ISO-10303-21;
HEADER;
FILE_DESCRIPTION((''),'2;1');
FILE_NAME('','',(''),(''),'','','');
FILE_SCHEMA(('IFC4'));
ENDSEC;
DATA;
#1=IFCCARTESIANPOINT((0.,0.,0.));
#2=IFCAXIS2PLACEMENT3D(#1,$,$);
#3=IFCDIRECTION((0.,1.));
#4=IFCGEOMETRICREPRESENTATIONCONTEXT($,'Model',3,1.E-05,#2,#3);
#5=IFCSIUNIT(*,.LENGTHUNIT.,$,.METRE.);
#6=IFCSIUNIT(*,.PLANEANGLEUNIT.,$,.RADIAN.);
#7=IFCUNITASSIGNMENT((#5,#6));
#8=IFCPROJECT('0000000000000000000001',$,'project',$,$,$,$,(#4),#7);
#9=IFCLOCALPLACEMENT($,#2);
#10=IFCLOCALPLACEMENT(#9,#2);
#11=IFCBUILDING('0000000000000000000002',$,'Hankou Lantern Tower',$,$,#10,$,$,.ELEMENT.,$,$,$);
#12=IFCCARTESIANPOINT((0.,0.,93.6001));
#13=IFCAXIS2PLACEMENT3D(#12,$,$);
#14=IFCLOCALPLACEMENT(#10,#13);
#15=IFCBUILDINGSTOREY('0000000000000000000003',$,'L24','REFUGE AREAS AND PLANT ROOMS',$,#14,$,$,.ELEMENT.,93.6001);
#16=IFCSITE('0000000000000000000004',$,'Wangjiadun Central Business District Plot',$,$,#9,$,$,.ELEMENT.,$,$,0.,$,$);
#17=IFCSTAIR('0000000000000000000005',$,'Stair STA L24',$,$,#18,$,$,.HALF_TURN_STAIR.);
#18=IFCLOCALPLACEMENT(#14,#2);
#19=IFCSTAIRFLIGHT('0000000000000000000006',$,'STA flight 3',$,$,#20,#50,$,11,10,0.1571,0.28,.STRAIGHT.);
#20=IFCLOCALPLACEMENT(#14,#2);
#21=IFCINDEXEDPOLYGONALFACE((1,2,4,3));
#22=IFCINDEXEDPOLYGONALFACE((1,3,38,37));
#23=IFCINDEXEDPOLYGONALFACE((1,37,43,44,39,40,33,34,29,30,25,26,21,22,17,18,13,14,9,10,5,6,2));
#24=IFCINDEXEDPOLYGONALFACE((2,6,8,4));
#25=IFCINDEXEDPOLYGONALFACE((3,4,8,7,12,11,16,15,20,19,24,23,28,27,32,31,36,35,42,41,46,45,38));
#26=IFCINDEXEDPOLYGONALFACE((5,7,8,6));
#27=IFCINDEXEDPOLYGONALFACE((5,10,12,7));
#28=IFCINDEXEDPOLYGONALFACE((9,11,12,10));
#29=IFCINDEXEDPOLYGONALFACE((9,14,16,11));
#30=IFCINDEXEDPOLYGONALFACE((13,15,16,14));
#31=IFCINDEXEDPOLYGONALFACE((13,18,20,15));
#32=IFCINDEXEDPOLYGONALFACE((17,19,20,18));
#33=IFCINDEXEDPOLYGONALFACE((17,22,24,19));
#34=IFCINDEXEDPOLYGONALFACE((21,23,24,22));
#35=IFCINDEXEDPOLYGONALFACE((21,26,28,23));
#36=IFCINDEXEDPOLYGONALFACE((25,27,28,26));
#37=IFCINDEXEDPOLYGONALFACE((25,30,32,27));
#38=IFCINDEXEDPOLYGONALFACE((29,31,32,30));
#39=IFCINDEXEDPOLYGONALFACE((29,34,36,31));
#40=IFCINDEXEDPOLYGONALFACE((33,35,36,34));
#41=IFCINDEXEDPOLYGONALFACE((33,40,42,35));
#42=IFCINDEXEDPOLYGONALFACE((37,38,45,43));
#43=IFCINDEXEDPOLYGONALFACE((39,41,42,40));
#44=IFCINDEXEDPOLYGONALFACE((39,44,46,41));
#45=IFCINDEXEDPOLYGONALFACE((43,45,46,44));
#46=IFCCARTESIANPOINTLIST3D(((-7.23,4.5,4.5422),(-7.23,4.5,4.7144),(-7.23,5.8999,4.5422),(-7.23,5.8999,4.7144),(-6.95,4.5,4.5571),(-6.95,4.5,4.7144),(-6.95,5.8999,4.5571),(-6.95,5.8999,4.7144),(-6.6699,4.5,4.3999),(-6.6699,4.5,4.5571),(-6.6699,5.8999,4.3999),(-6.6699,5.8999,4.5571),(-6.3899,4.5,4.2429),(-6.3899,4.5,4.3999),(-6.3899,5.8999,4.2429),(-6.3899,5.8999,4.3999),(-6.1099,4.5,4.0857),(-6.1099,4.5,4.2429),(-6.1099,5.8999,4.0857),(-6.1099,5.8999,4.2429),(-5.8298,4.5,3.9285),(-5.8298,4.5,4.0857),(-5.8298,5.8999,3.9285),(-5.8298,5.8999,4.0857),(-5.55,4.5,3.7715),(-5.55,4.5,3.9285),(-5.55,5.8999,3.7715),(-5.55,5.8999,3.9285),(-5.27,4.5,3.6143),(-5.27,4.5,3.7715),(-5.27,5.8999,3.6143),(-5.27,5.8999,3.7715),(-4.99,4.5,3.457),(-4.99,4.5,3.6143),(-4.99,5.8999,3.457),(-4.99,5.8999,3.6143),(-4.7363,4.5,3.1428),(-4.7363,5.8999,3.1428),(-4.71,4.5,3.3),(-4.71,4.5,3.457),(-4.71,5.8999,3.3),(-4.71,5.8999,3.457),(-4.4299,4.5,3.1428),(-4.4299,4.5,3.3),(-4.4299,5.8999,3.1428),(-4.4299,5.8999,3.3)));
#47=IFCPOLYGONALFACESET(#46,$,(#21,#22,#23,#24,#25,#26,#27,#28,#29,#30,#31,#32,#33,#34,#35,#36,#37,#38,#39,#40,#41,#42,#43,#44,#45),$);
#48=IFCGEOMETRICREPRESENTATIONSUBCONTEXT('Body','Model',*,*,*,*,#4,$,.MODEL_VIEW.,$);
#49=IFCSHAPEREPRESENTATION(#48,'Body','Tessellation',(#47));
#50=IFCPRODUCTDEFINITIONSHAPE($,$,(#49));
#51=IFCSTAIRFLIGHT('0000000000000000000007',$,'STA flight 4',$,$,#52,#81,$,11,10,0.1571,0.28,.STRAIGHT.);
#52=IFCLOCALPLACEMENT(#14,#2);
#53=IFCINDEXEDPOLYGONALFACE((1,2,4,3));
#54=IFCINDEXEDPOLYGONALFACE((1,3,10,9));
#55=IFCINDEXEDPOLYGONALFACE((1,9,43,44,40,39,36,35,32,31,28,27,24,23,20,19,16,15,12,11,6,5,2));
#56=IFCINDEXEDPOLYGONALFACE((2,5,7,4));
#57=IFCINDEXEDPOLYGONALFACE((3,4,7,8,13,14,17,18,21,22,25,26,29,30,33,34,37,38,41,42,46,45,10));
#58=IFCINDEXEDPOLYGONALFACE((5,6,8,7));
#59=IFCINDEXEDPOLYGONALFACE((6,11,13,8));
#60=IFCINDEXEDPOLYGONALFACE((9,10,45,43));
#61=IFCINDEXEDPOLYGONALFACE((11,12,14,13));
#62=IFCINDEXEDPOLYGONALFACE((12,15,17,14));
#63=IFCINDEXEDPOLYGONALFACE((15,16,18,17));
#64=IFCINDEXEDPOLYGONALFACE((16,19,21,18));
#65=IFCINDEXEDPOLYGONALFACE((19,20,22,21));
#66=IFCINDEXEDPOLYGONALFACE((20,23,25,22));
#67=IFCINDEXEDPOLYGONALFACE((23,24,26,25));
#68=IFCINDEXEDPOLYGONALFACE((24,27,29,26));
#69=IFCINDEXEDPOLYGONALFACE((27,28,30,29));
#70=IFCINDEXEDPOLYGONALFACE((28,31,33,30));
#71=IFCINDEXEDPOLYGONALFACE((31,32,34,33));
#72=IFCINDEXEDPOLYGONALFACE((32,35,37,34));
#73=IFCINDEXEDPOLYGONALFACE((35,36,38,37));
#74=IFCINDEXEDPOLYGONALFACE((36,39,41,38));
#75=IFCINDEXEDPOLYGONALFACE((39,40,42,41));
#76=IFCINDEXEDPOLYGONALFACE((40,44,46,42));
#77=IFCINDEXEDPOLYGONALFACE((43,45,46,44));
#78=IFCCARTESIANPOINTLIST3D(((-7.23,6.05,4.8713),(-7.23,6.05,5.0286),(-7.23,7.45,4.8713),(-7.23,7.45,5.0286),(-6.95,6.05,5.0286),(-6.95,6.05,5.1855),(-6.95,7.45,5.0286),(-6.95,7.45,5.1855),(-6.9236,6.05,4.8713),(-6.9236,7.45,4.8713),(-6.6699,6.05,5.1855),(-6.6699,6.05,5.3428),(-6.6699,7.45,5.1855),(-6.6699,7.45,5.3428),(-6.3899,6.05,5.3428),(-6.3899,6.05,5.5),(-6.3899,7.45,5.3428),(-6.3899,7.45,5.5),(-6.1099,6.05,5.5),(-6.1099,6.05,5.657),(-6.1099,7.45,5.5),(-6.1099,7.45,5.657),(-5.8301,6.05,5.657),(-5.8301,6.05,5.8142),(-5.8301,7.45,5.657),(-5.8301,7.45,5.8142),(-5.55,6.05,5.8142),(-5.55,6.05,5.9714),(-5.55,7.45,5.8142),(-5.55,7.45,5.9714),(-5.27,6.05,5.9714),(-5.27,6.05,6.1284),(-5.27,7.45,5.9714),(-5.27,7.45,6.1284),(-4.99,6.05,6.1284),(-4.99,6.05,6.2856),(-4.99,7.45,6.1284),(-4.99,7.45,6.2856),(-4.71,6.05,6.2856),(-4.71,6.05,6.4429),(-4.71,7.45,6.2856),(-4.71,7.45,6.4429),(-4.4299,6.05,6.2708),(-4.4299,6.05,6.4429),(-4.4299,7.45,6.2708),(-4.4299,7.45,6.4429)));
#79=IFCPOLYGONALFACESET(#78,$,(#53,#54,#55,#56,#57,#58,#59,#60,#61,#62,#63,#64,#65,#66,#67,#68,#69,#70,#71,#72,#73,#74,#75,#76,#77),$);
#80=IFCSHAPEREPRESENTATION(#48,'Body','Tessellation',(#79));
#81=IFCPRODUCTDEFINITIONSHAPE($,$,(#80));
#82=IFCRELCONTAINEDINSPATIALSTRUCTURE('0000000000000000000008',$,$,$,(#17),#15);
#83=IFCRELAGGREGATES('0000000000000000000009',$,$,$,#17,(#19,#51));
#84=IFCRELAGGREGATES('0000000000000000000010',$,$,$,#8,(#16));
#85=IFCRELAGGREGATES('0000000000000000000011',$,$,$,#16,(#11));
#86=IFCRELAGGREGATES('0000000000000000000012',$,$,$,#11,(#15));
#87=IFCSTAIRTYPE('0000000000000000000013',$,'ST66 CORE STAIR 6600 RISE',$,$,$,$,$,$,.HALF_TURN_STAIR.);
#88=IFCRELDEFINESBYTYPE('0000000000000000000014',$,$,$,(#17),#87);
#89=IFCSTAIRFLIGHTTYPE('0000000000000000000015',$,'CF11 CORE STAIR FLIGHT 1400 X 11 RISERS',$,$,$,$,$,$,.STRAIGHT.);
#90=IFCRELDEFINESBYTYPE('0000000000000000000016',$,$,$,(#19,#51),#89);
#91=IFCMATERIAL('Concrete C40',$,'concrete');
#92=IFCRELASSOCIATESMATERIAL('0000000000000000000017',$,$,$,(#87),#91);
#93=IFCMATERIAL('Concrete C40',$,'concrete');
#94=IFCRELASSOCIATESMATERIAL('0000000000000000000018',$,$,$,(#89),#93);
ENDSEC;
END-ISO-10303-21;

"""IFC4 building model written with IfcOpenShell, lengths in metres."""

from ifc_helpers import new_model, si_unit, direction, frame, origin, place, context, subcontext, project, spatial, polyline, outline, extrude, material, type_object, element, aggregate, save


model = new_model("IFC4")

# Units and contexts
model_context = context("Model", 3, precision=1e-05, world=origin(), true_north=direction((0.0, 1.0)))
body_context = subcontext(model_context, "Body", "Model", "MODEL_VIEW")
ifc_project = project(units=[si_unit("LENGTHUNIT", "METRE"), si_unit("PLANEANGLEUNIT", "RADIAN")], contexts=[model_context])

# Site, building, storey
site_placement = place(None, origin())
site = spatial("IfcSite", under=ifc_project, at=site_placement, Name="Wangjiadun Central Business District Plot", CompositionType="ELEMENT", RefElevation=0.0)
building_placement = place(site_placement, origin())
building = spatial("IfcBuilding", under=site, at=building_placement, Name="Hankou Lantern Tower", CompositionType="ELEMENT")
storey_placement = place(building_placement, frame((0.0, 0.0, 93.6001)))
storey = spatial("IfcBuildingStorey", under=building, at=storey_placement, Name="L24", Description="REFUGE AREAS AND PLANT ROOMS", CompositionType="ELEMENT", Elevation=93.6001)

# Stair, stair flights
ifc_material_1 = material(Name="Concrete C40", Category="concrete")
stair_type = type_object("IfcStairType", Name="ST66 CORE STAIR 6600 RISE", PredefinedType="HALF_TURN_STAIR", material=ifc_material_1)
stair_placement = place(storey_placement, origin())
stair = element("IfcStair", 1, at=stair_placement, inside=storey, type_object=stair_type, Name="Stair STA L24", PredefinedType="HALF_TURN_STAIR")
ifc_material_2 = material(Name="Concrete C40", Category="concrete")
stair_flight_type_1 = type_object("IfcStairFlightType", Name="CF11 CORE STAIR FLIGHT 1400 X 11 RISERS", PredefinedType="STRAIGHT", material=ifc_material_2)
stair_flight_1_placement = place(storey_placement, frame((-4.4299, 5.2, 3.1428), z_axis=(0.0, 0.0, 1.0), x_axis=(-1.0, 0.0, 0.0)))
stair_flight_1 = element("IfcStairFlight", 2, at=stair_flight_1_placement, type_object=stair_flight_type_1, Name="STA flight 3", NumberOfRisers=11, NumberOfTreads=10, PredefinedType="STRAIGHT", RiserHeight=0.1571, TreadLength=0.28, context=body_context, shape_type="SweptSolid", body=[
    extrude(outline(polyline([(0.0, 0.0), (0.0, 0.1572), (0.28, 0.1572), (0.28, 0.3142), (0.5601, 0.3142), (0.5601, 0.4714), (0.8401, 0.4714), (0.8401, 0.6287), (1.1201, 0.6287), (1.1201, 0.7856), (1.3999, 0.7856), (1.3999, 0.9429), (1.6799, 0.9429), (1.6799, 1.1001), (1.96, 1.1001), (1.96, 1.2571), (2.24, 1.2571), (2.24, 1.4143), (2.52, 1.4143), (2.52, 1.5715), (2.8, 1.5715), (2.8, 1.7285), (2.8, 1.3994), (0.3064, 0.0), (0.0, 0.0)])), frame((0.0, 0.7, 0.0), z_axis=(0.0, -1.0, 0.0), x_axis=(1.0, 0.0, 0.0)), (0.0, 0.0, 1.0), 1.3999),
])
stair_flight_2_placement = place(storey_placement, frame((-7.23, 6.75, 4.8713), z_axis=(0.0, 0.0, 1.0), x_axis=(1.0, 0.0, 0.0)))
stair_flight_2 = element("IfcStairFlight", 3, at=stair_flight_2_placement, type_object=stair_flight_type_1, Name="STA flight 4", NumberOfRisers=11, NumberOfTreads=10, PredefinedType="STRAIGHT", RiserHeight=0.1571, TreadLength=0.28, context=body_context, shape_type="SweptSolid", body=[
    extrude(outline(polyline([(0.0, 0.0), (0.0, 0.1572), (0.28, 0.1572), (0.28, 0.3142), (0.5601, 0.3142), (0.5601, 0.4714), (0.8401, 0.4714), (0.8401, 0.6287), (1.1201, 0.6287), (1.1201, 0.7856), (1.3999, 0.7856), (1.3999, 0.9429), (1.6799, 0.9429), (1.6799, 1.1001), (1.96, 1.1001), (1.96, 1.2571), (2.24, 1.2571), (2.24, 1.4143), (2.52, 1.4143), (2.52, 1.5715), (2.8, 1.5715), (2.8, 1.7285), (2.8, 1.3994), (0.3064, 0.0), (0.0, 0.0)])), frame((0.0, 0.7, 0.0), z_axis=(0.0, -1.0, 0.0), x_axis=(1.0, 0.0, 0.0)), (0.0, 0.0, 1.0), 1.3999),
])
aggregate(stair, [stair_flight_1, stair_flight_2])

save(model, "model.ifc")
